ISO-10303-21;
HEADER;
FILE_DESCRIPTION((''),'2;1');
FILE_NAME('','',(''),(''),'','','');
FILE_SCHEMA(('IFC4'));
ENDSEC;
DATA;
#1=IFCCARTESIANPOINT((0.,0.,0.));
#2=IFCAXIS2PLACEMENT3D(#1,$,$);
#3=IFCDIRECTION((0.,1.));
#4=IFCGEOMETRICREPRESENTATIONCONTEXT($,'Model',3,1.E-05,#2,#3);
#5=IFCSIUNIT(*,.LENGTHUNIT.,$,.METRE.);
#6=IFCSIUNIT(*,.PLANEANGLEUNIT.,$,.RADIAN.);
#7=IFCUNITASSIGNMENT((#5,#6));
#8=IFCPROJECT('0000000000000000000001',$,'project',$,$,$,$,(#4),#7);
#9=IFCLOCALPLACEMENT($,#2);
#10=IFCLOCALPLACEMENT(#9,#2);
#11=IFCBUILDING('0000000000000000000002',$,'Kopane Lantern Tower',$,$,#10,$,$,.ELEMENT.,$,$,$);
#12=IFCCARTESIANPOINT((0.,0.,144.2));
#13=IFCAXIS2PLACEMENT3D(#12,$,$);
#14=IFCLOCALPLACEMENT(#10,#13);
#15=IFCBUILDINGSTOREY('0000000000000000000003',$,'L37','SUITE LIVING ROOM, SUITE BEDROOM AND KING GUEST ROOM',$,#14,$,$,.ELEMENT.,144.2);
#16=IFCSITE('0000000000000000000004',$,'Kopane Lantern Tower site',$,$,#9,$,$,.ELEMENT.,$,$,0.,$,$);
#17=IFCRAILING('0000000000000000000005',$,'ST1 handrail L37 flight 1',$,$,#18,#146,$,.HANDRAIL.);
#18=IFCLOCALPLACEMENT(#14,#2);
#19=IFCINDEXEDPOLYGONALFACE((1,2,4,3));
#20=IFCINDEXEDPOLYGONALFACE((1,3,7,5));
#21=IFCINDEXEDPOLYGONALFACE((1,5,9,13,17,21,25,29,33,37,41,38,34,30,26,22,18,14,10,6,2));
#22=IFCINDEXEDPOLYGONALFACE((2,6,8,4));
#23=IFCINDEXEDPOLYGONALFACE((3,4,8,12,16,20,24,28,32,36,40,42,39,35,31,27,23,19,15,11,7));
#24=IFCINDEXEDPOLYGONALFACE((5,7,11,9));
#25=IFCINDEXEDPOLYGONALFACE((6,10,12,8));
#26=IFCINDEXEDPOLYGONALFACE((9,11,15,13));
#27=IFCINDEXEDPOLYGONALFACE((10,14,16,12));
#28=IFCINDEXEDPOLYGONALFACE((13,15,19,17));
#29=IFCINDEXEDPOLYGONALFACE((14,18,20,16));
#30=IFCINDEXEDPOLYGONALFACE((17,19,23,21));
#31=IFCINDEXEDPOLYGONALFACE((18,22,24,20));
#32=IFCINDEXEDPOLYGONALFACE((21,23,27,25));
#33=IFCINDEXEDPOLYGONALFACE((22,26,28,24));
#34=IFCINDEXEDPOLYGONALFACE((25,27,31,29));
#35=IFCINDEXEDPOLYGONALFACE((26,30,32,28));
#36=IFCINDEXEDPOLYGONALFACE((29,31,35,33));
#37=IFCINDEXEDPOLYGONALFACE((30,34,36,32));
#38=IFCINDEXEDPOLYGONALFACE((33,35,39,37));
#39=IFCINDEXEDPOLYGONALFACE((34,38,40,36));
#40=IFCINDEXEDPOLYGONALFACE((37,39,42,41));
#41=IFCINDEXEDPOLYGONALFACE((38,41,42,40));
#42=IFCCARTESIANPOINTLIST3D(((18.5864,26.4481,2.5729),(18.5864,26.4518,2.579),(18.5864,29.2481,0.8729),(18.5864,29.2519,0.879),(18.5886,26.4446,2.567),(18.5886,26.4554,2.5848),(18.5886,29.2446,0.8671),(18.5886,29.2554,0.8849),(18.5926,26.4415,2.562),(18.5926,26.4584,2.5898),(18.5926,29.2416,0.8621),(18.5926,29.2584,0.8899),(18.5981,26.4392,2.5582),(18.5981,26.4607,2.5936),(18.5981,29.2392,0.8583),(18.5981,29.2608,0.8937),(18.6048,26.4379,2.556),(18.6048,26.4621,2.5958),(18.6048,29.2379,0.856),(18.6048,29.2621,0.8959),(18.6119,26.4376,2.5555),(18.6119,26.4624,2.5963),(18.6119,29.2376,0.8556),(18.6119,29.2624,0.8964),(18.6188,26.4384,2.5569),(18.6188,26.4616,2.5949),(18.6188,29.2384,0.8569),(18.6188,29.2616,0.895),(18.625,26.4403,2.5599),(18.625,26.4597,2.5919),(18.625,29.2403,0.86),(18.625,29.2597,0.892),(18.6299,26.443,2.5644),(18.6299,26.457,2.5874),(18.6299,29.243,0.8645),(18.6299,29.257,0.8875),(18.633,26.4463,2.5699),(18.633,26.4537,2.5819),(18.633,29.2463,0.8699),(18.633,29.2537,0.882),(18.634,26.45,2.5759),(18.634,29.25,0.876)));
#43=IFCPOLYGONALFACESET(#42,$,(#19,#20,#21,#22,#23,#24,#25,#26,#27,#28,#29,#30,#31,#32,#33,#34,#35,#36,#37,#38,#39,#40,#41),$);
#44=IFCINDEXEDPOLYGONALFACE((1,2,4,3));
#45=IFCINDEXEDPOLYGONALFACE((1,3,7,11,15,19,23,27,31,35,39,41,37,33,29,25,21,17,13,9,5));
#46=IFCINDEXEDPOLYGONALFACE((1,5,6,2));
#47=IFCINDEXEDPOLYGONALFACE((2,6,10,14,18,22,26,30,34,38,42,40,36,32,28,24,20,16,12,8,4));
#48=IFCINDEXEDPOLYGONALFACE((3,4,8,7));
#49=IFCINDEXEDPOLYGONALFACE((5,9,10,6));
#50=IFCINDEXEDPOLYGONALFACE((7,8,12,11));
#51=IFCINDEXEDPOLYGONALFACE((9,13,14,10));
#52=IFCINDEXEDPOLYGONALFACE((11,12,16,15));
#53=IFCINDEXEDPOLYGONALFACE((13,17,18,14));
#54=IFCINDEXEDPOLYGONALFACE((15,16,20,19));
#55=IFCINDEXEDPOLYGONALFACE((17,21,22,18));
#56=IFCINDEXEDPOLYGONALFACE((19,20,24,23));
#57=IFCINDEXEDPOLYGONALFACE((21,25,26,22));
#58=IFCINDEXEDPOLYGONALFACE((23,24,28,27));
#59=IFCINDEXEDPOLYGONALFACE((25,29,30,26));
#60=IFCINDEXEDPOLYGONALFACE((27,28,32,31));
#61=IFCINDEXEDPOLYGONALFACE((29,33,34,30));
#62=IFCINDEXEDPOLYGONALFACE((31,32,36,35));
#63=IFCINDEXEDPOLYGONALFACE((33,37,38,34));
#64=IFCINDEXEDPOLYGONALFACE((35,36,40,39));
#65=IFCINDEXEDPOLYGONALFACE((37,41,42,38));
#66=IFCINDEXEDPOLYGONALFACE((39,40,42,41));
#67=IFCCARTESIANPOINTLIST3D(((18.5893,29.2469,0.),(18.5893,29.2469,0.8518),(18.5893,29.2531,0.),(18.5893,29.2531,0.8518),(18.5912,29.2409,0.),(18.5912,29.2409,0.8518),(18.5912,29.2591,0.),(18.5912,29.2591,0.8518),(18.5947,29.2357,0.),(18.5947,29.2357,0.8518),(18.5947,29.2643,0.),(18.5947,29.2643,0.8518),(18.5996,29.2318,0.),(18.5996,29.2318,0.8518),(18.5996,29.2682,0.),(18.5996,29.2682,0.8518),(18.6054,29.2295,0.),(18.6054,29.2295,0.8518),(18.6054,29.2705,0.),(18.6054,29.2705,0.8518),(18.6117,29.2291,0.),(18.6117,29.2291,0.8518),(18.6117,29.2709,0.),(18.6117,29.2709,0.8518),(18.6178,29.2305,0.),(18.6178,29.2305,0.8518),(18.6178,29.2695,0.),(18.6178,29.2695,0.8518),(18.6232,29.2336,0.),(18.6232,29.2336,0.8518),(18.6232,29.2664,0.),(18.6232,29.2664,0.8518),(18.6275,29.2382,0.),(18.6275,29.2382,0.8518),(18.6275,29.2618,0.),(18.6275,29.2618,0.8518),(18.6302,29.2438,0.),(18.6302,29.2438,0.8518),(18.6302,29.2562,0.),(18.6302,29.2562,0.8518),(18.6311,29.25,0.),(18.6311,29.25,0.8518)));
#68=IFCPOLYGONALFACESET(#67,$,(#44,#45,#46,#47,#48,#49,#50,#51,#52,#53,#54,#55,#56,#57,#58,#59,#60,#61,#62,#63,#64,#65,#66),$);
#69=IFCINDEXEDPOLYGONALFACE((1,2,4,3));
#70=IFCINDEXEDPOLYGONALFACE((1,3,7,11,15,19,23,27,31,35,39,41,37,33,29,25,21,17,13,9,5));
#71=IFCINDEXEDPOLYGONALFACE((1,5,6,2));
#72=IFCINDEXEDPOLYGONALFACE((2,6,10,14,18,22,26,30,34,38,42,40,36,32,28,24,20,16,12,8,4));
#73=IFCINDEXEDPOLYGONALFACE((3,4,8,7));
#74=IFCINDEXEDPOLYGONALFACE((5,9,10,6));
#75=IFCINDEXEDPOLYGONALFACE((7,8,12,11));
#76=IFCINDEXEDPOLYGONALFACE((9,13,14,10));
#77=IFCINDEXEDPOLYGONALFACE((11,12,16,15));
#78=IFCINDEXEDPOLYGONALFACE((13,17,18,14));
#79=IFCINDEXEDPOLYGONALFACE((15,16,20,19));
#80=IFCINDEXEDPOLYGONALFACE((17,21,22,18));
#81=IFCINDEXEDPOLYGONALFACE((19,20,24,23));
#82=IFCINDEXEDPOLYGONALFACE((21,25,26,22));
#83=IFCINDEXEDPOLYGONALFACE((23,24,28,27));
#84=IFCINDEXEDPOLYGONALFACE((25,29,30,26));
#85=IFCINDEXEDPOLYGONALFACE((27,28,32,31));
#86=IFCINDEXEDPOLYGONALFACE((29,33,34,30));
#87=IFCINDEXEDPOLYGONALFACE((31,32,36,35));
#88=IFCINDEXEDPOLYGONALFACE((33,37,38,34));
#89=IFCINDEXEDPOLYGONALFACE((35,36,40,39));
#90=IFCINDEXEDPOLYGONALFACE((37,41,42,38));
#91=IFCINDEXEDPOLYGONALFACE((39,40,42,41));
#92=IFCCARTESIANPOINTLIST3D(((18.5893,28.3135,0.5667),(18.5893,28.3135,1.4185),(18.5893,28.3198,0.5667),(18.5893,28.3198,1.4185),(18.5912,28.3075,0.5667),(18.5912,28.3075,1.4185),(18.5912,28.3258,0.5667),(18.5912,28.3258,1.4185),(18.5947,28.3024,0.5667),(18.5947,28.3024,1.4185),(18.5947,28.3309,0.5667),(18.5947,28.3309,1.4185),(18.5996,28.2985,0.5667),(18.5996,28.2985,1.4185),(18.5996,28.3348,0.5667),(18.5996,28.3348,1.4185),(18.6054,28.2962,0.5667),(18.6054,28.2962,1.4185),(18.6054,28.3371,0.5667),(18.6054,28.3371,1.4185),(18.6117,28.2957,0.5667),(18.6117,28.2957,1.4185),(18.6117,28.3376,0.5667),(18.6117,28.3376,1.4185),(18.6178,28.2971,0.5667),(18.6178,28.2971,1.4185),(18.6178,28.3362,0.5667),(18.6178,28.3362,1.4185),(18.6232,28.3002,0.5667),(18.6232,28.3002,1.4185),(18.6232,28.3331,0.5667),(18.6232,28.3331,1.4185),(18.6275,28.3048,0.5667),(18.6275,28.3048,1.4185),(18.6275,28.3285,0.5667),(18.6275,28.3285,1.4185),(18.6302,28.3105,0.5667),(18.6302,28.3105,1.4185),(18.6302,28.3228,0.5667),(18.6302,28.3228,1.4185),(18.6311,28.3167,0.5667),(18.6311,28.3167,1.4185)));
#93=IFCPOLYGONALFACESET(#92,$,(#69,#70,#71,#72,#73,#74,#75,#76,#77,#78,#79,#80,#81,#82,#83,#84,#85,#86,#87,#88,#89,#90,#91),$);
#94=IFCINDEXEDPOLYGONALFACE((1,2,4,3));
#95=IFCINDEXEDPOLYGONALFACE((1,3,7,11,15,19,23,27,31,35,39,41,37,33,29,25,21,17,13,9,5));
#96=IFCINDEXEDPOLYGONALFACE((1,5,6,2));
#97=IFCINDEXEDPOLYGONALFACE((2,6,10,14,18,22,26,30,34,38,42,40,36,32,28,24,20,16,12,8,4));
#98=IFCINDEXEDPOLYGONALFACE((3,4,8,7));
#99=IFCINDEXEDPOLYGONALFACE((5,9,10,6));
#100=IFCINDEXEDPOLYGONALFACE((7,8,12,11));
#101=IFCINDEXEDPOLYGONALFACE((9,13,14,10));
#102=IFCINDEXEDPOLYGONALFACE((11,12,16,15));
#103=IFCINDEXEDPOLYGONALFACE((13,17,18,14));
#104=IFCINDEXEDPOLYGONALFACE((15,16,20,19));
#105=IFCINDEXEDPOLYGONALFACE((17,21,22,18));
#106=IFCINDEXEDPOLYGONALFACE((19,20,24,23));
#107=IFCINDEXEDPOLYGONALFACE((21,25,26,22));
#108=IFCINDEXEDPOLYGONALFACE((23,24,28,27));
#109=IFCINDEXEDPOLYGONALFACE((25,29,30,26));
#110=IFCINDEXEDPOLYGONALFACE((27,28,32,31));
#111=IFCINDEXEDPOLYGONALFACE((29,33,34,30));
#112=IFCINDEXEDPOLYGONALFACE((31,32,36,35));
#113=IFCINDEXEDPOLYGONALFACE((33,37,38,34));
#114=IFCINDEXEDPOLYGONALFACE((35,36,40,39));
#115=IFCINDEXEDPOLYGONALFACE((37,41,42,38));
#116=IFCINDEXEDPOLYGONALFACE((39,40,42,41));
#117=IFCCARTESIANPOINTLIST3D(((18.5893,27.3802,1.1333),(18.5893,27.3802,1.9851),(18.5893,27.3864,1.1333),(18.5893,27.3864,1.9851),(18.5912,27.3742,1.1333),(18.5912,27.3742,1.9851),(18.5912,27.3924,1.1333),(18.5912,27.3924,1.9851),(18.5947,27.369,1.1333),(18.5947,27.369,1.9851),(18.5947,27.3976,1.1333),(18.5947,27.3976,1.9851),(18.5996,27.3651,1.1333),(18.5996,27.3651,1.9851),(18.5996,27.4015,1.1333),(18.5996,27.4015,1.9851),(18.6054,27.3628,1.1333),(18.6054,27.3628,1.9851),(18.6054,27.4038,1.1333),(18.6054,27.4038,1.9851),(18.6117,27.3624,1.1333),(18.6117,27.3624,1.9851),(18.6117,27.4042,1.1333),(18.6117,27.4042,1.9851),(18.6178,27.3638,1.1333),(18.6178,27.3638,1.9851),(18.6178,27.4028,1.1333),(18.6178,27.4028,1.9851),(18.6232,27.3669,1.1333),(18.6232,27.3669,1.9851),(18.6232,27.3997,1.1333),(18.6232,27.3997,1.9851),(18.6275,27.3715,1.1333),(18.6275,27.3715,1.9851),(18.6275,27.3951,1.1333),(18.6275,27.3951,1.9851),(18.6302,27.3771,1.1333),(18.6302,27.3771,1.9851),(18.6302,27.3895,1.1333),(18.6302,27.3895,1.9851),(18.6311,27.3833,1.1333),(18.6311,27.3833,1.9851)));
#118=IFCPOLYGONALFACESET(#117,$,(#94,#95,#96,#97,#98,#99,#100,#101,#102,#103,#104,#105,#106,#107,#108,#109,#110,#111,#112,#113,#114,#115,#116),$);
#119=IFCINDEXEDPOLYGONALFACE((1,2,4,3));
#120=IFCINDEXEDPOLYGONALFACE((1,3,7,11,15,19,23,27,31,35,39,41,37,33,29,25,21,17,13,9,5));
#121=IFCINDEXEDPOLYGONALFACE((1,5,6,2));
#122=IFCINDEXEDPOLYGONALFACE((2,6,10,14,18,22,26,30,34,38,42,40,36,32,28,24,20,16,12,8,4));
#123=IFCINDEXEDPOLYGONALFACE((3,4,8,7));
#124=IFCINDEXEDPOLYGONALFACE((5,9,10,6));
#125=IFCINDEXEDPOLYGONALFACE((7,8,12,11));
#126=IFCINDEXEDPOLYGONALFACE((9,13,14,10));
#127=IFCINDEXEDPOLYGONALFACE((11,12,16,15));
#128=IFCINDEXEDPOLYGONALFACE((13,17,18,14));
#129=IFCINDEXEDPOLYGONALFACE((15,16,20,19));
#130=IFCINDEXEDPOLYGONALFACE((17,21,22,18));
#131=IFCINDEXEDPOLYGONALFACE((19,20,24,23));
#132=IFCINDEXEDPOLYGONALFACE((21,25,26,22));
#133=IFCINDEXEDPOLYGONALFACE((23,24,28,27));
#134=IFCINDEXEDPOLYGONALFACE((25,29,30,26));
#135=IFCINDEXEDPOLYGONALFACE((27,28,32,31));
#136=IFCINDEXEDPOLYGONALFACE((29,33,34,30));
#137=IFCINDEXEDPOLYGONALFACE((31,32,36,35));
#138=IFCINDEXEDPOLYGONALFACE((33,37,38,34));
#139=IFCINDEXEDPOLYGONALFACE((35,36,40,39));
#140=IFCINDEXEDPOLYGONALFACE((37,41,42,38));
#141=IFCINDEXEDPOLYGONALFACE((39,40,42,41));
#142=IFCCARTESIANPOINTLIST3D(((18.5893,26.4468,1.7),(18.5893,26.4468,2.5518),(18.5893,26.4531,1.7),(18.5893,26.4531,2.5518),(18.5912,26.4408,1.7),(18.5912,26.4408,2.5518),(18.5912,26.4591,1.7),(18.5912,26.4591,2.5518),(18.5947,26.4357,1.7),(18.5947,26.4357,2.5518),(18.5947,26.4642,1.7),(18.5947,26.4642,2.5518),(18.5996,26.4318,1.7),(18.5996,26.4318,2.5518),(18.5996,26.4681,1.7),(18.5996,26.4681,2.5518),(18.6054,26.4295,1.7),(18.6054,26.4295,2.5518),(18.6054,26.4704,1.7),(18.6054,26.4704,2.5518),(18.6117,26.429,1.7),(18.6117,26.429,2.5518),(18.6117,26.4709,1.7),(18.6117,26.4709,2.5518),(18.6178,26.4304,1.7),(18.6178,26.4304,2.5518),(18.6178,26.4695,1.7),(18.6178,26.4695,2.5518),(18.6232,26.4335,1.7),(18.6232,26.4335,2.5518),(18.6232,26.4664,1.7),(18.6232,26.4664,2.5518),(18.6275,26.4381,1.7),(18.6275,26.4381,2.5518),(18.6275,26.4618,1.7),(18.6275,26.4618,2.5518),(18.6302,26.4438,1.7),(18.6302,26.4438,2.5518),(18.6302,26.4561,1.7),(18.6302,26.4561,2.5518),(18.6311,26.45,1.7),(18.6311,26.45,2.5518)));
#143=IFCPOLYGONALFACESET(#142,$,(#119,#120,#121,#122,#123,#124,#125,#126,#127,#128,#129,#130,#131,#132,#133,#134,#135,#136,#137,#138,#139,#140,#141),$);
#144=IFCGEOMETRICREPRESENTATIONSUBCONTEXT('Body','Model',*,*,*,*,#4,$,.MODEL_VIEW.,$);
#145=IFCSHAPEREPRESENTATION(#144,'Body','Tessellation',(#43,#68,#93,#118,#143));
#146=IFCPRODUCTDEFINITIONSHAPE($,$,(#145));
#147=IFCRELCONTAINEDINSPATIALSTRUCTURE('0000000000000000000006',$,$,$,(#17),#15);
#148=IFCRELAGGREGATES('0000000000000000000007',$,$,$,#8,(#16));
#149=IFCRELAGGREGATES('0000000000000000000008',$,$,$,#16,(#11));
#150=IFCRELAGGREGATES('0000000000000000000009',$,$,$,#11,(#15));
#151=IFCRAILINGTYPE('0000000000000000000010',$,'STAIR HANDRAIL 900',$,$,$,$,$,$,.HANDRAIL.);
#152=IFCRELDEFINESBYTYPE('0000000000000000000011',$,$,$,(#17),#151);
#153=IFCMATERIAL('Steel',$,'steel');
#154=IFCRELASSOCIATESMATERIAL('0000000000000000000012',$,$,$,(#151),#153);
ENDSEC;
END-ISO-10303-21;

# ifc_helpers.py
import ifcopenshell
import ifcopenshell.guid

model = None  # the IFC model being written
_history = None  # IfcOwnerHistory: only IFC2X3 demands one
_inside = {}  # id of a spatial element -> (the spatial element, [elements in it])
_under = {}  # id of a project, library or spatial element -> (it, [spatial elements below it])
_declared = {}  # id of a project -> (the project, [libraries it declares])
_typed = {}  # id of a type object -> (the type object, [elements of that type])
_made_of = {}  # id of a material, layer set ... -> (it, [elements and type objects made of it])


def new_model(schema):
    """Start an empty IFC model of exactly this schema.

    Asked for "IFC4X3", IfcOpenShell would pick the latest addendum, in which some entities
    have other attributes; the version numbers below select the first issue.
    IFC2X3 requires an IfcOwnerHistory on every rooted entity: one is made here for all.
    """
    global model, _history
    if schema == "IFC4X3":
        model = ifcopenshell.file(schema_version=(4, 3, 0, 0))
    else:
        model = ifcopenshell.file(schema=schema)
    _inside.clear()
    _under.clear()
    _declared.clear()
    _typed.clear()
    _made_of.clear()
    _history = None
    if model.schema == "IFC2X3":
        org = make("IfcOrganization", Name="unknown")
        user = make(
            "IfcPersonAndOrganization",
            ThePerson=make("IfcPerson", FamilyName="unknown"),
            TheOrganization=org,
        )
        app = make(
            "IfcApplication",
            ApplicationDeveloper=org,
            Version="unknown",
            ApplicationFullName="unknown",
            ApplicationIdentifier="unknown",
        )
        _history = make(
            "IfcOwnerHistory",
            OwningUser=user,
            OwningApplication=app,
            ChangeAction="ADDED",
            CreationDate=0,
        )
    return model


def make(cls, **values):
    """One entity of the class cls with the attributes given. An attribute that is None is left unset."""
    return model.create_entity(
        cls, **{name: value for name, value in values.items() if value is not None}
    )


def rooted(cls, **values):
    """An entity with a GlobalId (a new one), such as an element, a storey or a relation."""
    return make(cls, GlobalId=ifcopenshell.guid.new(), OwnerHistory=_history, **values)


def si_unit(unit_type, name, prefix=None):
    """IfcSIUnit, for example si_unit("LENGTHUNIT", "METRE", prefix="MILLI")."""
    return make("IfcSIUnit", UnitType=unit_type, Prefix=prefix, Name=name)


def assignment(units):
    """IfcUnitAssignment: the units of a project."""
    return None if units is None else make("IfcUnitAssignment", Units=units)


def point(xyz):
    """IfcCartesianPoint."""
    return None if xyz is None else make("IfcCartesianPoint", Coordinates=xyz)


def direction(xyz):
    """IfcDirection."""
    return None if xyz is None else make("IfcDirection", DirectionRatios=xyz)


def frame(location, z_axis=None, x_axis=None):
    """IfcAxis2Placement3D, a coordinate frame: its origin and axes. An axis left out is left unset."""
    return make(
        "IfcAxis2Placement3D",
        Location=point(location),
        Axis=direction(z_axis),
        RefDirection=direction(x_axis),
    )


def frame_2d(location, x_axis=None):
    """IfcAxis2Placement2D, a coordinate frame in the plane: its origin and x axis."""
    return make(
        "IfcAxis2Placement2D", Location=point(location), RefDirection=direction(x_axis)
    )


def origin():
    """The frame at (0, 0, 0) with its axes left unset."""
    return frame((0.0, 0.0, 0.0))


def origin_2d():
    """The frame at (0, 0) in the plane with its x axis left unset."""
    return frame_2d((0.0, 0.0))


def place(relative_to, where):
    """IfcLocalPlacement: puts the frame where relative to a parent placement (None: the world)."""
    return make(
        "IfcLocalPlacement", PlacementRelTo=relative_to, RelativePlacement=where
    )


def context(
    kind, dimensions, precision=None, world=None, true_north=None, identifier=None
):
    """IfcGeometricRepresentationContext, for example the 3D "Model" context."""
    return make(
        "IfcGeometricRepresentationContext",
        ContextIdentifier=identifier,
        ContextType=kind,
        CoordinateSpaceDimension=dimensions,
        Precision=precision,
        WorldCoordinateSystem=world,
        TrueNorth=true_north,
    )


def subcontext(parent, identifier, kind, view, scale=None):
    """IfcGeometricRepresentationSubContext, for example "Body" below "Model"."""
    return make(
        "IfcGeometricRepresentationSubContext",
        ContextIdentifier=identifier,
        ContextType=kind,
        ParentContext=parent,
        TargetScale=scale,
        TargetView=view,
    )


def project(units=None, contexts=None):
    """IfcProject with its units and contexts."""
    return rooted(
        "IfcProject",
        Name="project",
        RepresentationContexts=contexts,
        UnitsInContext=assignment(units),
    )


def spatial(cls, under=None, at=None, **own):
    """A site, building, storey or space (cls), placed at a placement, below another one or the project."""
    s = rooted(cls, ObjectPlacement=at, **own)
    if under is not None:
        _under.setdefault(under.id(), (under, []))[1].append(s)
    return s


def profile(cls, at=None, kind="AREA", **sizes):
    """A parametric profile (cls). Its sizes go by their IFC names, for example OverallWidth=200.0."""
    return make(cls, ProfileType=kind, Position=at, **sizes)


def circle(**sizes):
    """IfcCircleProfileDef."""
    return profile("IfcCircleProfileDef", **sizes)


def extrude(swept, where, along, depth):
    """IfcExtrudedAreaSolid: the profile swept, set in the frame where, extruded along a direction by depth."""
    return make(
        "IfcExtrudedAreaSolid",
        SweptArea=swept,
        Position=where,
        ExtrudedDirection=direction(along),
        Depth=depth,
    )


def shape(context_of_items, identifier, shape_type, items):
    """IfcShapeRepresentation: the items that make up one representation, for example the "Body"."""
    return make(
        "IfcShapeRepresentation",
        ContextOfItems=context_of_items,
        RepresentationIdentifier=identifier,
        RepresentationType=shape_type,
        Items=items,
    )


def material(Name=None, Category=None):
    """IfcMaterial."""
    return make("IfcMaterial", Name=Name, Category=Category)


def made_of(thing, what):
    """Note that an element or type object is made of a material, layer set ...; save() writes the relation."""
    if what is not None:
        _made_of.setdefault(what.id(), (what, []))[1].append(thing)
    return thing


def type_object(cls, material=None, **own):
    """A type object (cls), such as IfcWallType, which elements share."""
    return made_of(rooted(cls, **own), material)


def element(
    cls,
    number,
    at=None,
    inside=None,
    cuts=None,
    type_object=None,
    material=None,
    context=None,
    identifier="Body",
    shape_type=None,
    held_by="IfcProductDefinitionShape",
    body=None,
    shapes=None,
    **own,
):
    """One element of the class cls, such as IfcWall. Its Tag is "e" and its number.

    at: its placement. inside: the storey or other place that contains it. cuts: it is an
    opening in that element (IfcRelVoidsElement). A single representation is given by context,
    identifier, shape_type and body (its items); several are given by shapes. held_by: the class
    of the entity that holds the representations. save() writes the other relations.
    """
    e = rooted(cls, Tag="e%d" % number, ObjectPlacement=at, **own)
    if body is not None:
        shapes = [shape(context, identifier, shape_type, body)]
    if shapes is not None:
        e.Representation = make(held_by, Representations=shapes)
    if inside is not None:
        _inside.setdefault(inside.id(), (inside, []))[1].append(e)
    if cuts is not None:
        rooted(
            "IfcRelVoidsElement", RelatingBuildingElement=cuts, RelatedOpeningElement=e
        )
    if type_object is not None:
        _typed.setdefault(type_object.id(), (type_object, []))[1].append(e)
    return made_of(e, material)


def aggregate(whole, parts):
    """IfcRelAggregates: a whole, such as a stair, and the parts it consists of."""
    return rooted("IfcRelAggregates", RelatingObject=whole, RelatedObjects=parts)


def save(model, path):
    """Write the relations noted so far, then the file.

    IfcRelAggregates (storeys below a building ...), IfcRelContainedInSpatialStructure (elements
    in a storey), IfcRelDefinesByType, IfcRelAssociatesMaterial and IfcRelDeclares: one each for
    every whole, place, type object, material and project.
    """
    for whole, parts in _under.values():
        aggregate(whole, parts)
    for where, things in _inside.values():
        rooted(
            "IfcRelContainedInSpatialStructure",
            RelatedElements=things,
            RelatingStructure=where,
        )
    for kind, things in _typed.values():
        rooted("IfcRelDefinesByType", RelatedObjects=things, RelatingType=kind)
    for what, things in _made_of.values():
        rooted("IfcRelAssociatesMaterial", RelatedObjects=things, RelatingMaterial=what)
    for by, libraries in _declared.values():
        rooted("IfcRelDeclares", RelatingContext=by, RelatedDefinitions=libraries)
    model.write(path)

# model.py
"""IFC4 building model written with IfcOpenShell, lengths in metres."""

from ifc_helpers import new_model, si_unit, direction, frame, origin, origin_2d, place, context, subcontext, project, spatial, circle, extrude, material, type_object, element, save


model = new_model("IFC4")

# Units and contexts
model_context = context("Model", 3, precision=1e-05, world=origin(), true_north=direction((0.0, 1.0)))
body_context = subcontext(model_context, "Body", "Model", "MODEL_VIEW")
ifc_project = project(units=[si_unit("LENGTHUNIT", "METRE"), si_unit("PLANEANGLEUNIT", "RADIAN")], contexts=[model_context])

# Site, building, storey
site_placement = place(None, origin())
site = spatial("IfcSite", under=ifc_project, at=site_placement, Name="Kopane Lantern Tower site", CompositionType="ELEMENT", RefElevation=0.0)
building_placement = place(site_placement, origin())
building = spatial("IfcBuilding", under=site, at=building_placement, Name="Kopane Lantern Tower", CompositionType="ELEMENT")
storey_placement = place(building_placement, frame((0.0, 0.0, 144.2)))
storey = spatial("IfcBuildingStorey", under=building, at=storey_placement, Name="L37", Description="SUITE LIVING ROOM, SUITE BEDROOM AND KING GUEST ROOM", CompositionType="ELEMENT", Elevation=144.2)

# Railing
ifc_material_1 = material(Name="Steel", Category="steel")
railing_type_1 = type_object("IfcRailingType", Name="STAIR HANDRAIL 900", PredefinedType="HANDRAIL", material=ifc_material_1)
for number, where, name in (
    (1, (18.6101, 29.25, 0.0), "ST1 handrail L37 flight 1"),
):
    element("IfcRailing", number, at=place(storey_placement, frame(where)), inside=storey, type_object=railing_type_1, Name=name, PredefinedType="HANDRAIL", context=body_context, shape_type="SweptSolid", body=[
        extrude(circle(Radius=0.0239, at=origin_2d()), frame((0.0, 0.0, 0.876), z_axis=(0.0, -0.854798, 0.518961), x_axis=(1.0, 0.0, 0.0)), (0.0, 0.0, 1.0), 3.2756),
        extrude(circle(Radius=0.021, at=origin_2d()), origin(), (0.0, 0.0, 1.0), 0.8518),
        extrude(circle(Radius=0.021, at=origin_2d()), frame((0.0, -0.9333, 0.5667)), (0.0, 0.0, 1.0), 0.8518),
        extrude(circle(Radius=0.021, at=origin_2d()), frame((0.0, -1.8667, 1.1333)), (0.0, 0.0, 1.0), 0.8518),
        extrude(circle(Radius=0.021, at=origin_2d()), frame((0.0, -2.8, 1.7)), (0.0, 0.0, 1.0), 0.8518),
    ])

save(model, "model.ifc")
